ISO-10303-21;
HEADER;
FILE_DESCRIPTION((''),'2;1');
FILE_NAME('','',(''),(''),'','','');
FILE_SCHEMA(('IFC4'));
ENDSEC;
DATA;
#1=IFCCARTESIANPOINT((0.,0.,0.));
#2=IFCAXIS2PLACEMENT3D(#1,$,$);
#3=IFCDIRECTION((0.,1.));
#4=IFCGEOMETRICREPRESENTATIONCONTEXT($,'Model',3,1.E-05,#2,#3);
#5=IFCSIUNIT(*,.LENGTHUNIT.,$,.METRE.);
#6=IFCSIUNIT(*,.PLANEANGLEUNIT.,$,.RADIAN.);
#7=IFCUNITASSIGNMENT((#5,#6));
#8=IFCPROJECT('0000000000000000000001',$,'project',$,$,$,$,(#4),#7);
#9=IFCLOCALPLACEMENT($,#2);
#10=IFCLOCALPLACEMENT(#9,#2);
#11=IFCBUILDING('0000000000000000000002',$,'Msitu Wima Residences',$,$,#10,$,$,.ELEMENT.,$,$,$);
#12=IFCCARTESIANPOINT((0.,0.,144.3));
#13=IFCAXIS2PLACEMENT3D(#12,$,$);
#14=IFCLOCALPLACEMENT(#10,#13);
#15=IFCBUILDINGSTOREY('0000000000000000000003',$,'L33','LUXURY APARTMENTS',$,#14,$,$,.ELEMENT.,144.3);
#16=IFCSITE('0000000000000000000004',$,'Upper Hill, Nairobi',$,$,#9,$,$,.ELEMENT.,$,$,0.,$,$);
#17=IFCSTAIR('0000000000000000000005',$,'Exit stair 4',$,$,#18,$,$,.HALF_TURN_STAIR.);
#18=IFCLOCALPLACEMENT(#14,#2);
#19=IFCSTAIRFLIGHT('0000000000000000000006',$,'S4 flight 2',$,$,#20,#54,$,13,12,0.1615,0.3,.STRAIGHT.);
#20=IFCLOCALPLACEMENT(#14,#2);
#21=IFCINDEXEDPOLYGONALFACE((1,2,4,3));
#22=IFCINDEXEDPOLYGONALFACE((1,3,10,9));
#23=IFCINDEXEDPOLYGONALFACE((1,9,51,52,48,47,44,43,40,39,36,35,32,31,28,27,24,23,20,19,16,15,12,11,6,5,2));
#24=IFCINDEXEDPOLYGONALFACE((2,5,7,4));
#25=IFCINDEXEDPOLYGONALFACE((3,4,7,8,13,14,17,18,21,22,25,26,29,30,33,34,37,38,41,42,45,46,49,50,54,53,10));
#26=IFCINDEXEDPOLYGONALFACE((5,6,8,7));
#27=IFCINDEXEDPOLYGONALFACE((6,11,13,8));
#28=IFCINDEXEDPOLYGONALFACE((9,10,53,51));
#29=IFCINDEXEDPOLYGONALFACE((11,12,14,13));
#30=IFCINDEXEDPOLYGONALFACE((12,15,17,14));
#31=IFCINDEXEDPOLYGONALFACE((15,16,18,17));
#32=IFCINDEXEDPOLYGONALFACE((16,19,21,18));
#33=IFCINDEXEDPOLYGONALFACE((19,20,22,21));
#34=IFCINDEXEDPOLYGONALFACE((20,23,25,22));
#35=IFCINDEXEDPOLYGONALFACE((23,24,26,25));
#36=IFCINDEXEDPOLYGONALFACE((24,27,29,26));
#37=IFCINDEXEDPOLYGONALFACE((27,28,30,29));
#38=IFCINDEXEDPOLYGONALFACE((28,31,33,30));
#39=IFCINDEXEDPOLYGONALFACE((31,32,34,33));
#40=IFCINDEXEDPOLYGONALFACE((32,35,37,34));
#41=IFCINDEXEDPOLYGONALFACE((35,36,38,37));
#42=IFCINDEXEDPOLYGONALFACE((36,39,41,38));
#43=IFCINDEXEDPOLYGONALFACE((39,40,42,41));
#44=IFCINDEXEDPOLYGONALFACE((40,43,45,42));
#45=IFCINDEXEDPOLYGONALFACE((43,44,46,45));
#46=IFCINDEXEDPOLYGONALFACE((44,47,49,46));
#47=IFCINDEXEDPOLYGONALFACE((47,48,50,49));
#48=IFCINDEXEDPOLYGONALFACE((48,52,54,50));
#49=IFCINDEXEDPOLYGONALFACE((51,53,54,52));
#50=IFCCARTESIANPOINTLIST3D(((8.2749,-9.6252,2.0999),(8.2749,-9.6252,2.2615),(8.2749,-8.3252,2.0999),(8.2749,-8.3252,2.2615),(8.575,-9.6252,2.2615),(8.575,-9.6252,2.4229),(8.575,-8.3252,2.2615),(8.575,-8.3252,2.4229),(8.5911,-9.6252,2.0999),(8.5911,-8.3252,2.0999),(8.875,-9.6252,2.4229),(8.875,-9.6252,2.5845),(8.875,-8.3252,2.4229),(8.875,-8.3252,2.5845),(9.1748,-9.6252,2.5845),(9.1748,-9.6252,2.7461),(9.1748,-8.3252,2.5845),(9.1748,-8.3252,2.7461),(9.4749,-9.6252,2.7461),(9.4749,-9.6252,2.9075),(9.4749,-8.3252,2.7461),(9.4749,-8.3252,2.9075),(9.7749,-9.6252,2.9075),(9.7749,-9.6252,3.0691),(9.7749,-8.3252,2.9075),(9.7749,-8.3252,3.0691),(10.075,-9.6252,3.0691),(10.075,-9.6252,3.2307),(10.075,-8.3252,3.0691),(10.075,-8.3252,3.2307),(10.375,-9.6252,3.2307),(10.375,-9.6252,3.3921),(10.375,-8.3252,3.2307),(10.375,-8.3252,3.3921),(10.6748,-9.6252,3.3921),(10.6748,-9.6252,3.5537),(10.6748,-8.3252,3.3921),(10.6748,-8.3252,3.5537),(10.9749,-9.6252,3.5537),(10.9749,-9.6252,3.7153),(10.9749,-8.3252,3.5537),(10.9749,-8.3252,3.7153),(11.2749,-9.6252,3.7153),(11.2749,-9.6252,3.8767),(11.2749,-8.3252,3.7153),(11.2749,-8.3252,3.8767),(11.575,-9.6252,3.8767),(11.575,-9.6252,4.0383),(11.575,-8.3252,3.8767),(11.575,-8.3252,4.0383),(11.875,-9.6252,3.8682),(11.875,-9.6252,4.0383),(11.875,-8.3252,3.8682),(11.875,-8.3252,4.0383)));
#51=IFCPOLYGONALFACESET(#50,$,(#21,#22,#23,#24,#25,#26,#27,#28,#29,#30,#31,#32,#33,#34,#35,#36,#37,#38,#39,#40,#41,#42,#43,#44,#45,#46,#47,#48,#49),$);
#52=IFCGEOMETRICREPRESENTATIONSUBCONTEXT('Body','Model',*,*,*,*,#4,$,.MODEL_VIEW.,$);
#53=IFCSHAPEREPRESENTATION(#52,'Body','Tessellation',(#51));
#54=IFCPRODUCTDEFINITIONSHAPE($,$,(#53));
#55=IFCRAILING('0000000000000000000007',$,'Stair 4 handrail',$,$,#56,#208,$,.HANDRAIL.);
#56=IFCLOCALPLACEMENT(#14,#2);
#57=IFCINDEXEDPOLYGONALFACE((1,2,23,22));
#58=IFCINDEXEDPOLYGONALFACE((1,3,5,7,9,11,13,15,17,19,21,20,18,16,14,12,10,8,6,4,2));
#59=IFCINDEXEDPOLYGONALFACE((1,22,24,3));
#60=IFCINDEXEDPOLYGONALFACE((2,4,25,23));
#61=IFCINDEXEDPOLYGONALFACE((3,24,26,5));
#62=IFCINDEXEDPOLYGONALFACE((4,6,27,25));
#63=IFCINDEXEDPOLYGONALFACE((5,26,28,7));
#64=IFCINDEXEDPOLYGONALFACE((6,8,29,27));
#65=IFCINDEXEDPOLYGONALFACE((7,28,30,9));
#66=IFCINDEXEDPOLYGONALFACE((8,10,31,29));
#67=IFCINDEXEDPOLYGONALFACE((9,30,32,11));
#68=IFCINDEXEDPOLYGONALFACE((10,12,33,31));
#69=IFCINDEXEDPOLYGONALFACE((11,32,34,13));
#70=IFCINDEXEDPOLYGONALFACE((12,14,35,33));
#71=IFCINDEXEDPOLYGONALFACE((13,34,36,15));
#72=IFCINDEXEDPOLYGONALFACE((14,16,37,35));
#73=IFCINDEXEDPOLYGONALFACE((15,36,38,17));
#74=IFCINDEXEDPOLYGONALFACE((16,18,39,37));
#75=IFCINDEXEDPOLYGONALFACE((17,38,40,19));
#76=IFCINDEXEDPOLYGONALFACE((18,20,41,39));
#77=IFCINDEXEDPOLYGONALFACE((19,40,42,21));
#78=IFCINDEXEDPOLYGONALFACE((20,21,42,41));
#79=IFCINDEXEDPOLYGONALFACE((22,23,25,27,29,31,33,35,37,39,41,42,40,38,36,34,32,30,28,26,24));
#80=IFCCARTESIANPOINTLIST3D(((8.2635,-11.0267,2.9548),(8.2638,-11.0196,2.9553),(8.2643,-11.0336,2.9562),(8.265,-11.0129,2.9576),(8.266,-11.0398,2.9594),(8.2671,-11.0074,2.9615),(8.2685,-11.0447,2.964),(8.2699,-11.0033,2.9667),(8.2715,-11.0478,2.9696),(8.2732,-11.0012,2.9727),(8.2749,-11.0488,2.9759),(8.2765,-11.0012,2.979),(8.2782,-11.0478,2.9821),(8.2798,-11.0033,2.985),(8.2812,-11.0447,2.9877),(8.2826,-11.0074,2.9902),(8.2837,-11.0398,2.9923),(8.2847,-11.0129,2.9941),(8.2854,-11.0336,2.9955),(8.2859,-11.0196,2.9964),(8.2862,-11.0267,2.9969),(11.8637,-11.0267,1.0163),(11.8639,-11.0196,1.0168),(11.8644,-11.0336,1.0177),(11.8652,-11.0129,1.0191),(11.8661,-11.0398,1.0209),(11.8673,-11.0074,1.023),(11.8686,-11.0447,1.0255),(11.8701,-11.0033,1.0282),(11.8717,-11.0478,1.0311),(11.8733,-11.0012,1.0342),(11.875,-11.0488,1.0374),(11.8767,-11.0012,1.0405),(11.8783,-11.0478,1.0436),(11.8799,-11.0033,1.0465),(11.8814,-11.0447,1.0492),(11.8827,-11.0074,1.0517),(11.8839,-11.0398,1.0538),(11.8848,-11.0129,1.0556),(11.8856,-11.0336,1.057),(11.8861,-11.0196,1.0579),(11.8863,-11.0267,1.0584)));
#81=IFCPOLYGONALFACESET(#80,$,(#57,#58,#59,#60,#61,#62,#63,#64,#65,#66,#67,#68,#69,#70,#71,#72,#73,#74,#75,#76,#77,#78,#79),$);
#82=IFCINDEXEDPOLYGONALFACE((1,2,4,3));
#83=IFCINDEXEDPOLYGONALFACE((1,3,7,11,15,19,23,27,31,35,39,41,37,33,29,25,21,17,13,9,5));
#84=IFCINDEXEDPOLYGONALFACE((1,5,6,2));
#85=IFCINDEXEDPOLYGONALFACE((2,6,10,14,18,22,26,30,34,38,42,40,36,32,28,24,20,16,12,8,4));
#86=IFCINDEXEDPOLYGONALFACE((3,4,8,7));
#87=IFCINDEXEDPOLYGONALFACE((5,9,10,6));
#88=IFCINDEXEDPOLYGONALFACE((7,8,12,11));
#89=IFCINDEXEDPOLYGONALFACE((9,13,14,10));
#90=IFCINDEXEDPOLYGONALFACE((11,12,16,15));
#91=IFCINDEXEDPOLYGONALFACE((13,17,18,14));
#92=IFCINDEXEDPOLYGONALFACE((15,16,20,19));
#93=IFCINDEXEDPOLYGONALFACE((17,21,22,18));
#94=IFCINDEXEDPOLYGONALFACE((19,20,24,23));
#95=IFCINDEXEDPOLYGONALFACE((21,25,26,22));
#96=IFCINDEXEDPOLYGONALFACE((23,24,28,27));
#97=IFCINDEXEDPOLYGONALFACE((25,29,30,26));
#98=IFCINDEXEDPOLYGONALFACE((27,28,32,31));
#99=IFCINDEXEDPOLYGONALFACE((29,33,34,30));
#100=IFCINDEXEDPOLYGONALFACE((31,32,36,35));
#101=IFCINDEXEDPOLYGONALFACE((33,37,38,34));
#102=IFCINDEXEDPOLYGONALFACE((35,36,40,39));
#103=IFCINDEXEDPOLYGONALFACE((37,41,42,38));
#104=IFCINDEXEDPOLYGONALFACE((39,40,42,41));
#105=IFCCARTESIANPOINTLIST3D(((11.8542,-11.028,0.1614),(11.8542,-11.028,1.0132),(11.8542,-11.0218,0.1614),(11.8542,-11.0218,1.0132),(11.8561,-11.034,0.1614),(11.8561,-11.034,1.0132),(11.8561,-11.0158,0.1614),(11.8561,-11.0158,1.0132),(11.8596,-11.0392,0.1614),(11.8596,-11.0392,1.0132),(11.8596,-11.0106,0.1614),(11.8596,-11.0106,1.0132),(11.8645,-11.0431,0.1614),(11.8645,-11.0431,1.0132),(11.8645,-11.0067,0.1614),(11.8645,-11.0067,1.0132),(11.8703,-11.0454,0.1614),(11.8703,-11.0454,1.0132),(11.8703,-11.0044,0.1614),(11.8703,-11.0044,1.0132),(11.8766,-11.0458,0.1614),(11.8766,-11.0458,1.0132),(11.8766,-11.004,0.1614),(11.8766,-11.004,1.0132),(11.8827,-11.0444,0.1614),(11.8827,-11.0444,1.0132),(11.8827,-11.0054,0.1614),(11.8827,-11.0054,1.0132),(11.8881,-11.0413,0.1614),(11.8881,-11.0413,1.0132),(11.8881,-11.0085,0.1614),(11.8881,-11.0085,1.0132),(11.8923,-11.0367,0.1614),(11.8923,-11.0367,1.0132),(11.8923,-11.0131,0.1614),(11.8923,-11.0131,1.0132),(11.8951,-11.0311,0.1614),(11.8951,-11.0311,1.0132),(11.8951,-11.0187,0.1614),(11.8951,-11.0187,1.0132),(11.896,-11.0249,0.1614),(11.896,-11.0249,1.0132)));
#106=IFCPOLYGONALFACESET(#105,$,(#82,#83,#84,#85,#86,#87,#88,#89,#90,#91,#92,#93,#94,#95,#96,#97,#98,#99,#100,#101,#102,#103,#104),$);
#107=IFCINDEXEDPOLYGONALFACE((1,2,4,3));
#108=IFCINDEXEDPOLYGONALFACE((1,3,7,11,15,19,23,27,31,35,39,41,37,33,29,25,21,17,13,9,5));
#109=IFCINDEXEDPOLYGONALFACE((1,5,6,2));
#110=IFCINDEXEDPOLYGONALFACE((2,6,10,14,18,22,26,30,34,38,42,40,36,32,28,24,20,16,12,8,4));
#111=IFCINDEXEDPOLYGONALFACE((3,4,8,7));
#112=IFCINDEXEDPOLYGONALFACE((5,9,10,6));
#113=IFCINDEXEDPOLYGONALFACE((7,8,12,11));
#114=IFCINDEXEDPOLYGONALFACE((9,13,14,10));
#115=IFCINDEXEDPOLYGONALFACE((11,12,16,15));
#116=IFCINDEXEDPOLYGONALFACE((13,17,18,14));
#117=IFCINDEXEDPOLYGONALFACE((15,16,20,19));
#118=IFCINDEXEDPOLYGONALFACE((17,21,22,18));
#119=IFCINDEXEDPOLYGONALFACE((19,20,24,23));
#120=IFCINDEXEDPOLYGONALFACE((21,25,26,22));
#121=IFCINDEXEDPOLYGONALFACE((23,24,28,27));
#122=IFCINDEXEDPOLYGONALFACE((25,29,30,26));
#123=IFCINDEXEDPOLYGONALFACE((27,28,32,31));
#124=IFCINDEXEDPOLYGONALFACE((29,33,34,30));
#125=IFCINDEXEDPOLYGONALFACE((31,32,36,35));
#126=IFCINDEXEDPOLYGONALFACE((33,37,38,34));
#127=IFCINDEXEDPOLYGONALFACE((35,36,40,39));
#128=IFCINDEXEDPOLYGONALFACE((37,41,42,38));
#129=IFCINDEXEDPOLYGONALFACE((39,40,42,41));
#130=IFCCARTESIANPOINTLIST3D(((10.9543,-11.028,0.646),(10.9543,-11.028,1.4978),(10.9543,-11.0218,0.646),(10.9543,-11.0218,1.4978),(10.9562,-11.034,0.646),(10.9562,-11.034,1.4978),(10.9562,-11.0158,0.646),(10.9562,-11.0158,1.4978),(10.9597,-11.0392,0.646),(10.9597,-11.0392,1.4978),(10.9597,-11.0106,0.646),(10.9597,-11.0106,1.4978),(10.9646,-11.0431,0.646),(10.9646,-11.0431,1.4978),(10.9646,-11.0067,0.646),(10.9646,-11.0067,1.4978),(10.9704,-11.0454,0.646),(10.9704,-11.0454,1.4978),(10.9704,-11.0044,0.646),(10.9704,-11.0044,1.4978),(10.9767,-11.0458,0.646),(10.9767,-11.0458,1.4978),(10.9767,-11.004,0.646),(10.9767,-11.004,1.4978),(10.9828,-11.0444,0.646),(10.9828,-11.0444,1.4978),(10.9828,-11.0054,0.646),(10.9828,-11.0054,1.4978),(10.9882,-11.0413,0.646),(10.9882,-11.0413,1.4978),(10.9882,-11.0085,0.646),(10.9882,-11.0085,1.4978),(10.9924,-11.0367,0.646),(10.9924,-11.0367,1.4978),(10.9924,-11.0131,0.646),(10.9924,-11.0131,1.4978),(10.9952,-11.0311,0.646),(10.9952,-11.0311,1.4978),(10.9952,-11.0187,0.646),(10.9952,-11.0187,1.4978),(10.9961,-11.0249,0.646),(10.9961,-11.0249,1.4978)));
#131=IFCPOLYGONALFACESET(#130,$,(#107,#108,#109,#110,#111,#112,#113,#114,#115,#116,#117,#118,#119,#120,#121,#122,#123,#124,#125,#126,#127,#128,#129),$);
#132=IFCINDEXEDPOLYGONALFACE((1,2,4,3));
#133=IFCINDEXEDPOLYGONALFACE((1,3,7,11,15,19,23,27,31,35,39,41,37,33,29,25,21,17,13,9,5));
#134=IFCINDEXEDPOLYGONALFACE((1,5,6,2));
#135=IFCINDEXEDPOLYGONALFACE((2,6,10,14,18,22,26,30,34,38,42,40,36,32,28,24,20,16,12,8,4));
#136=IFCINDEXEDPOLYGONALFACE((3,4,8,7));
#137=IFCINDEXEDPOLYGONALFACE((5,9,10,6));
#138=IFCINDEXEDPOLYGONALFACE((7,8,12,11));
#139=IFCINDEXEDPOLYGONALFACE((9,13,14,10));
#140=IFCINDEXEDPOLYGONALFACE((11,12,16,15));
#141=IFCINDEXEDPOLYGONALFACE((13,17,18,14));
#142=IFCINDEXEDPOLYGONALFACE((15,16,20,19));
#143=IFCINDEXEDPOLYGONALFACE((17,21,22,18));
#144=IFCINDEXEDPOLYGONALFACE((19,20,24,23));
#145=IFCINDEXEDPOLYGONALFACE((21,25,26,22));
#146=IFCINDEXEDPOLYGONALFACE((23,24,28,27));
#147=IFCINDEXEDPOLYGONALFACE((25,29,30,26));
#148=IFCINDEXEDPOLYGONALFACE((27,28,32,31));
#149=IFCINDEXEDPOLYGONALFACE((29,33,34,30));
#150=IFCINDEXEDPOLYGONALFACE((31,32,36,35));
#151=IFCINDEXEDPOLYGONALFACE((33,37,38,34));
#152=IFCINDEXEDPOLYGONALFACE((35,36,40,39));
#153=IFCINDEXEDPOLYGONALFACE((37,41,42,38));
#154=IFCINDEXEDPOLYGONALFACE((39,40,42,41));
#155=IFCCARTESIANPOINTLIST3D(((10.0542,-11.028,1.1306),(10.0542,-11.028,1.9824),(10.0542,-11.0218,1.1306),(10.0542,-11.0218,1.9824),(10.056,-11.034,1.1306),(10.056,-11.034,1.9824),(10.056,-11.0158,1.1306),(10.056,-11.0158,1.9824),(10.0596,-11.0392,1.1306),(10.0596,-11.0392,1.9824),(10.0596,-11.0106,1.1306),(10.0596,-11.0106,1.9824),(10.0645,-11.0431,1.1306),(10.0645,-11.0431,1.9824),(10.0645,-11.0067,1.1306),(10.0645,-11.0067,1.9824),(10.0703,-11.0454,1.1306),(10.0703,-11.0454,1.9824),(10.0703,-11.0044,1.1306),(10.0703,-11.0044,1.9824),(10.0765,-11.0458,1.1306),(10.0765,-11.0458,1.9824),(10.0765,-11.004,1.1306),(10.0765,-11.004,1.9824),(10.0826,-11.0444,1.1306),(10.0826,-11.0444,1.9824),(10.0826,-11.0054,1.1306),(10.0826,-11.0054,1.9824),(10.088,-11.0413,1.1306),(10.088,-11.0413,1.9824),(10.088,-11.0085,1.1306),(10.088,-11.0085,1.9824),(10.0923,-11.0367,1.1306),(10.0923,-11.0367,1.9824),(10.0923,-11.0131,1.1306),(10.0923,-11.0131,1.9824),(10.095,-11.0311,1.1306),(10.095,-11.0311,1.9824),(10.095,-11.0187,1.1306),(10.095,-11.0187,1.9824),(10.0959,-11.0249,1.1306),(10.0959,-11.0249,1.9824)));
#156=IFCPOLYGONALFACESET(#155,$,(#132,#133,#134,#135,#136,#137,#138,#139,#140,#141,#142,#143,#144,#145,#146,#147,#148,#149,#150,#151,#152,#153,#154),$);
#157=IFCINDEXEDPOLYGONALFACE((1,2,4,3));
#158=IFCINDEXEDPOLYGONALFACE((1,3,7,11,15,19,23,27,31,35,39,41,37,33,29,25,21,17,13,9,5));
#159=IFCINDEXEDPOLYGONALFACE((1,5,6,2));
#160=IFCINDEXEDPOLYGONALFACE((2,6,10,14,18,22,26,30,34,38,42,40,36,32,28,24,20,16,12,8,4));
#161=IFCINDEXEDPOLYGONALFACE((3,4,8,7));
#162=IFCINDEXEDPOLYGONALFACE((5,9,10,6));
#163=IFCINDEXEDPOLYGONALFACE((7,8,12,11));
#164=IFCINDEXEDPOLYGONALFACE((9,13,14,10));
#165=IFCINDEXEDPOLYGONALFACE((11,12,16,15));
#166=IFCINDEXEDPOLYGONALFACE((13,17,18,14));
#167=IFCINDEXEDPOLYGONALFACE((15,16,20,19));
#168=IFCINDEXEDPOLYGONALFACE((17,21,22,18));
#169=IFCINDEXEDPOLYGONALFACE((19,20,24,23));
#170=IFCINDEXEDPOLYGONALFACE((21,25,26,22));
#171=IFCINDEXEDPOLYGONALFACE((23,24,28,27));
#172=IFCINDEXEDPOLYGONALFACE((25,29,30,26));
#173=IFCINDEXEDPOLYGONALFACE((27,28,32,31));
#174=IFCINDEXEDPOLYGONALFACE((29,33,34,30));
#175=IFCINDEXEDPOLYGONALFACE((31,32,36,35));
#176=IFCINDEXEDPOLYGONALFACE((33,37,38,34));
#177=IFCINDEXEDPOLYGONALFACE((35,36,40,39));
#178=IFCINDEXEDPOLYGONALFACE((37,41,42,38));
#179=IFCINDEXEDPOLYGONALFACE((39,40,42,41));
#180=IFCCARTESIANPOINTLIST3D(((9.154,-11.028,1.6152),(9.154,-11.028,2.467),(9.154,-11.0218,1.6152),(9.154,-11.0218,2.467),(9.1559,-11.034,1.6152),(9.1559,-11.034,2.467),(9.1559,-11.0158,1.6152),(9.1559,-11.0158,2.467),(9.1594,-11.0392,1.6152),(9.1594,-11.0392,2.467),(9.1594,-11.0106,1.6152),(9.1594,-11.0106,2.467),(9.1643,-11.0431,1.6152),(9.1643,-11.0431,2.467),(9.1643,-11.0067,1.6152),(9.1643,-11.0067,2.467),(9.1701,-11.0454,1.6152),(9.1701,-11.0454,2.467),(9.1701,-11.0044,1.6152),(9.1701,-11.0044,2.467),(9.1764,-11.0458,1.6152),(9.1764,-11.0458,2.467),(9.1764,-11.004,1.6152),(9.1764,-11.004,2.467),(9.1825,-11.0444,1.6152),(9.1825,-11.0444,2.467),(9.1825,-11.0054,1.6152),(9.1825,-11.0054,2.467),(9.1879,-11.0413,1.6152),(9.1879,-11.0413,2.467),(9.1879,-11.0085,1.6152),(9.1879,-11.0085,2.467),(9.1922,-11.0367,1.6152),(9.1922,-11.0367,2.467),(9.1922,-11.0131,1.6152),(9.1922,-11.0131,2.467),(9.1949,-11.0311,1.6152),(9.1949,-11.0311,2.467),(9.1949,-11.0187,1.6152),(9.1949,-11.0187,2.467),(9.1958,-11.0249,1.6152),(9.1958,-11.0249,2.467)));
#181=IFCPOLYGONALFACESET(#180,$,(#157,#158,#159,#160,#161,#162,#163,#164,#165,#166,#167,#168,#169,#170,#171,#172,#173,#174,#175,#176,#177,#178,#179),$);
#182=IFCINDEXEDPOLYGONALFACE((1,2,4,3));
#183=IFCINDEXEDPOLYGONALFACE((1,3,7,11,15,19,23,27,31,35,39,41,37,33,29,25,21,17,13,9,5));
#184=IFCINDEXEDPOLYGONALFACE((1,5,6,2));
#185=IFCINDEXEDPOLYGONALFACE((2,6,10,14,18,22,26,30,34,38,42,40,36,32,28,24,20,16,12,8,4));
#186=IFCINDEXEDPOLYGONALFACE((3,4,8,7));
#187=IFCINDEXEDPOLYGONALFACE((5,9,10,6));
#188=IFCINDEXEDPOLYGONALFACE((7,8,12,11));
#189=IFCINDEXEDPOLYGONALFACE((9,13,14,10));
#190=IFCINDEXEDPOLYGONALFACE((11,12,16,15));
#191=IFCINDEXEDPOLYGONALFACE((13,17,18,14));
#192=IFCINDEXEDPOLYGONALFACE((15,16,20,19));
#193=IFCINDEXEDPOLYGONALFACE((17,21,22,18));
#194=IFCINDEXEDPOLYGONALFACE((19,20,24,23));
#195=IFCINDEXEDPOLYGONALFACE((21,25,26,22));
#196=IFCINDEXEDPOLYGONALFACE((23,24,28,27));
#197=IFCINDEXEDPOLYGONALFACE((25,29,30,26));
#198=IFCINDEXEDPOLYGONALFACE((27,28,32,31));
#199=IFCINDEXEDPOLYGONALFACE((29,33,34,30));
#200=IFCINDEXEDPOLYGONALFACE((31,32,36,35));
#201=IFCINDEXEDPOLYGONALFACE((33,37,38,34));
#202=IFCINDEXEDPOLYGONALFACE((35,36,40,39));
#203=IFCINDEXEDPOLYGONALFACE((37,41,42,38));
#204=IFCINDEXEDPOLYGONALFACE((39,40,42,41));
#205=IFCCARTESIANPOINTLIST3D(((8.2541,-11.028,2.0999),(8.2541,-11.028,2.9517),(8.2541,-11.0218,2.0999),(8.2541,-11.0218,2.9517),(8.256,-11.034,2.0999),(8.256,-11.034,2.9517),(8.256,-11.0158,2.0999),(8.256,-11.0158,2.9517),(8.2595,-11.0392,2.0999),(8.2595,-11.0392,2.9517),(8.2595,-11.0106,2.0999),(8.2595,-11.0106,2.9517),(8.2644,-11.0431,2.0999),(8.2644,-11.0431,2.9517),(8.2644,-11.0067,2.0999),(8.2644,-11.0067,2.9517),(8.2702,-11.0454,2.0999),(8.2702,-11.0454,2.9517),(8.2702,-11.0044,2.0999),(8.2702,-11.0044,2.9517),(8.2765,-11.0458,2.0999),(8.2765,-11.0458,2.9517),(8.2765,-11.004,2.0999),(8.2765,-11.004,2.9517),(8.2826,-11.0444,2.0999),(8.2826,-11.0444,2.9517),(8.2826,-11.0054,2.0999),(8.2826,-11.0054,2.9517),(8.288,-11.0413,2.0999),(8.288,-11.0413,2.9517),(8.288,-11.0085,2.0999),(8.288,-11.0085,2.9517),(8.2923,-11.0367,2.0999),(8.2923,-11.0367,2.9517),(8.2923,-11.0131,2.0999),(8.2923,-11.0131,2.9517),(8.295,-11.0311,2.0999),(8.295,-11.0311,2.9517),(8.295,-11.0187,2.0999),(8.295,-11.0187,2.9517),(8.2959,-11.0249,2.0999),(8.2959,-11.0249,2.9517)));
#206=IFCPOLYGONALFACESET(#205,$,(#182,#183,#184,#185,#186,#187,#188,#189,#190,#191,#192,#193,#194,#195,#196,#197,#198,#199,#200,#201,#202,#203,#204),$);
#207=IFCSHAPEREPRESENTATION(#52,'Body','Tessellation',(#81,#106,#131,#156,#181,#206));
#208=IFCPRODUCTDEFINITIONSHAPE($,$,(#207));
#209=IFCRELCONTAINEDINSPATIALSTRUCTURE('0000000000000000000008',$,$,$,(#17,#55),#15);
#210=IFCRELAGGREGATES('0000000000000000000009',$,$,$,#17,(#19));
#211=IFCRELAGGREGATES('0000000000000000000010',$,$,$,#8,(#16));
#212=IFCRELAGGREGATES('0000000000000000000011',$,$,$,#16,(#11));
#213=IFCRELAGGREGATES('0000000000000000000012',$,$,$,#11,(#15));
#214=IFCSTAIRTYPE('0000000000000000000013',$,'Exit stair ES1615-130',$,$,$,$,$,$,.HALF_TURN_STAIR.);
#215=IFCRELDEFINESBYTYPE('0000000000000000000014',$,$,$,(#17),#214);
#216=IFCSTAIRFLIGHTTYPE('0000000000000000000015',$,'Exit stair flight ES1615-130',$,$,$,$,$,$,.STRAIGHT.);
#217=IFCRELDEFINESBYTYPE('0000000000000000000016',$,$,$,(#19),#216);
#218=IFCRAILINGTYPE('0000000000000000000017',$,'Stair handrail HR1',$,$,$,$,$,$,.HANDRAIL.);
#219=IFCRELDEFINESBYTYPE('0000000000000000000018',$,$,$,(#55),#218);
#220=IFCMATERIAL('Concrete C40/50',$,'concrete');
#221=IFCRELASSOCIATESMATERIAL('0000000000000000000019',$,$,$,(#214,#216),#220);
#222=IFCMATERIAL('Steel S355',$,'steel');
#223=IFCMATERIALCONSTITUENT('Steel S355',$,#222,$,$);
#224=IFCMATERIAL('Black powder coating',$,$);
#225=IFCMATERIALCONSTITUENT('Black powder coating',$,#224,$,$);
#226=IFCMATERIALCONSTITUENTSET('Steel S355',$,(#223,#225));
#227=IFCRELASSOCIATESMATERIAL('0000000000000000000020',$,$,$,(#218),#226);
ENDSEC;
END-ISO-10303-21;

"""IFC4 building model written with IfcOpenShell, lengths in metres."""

from ifc_helpers import new_model, si_unit, direction, frame, origin, origin_2d, place, context, subcontext, project, spatial, polyline, circle, outline, extrude, material, constituent, constituent_set, type_object, element, aggregate, save


model = new_model("IFC4")

# Units and contexts
model_context = context("Model", 3, precision=1e-05, world=origin(), true_north=direction((0.0, 1.0)))
body_context = subcontext(model_context, "Body", "Model", "MODEL_VIEW")
ifc_project = project(units=[si_unit("LENGTHUNIT", "METRE"), si_unit("PLANEANGLEUNIT", "RADIAN")], contexts=[model_context])

# Site, building, storey
site_placement = place(None, origin())
site = spatial("IfcSite", under=ifc_project, at=site_placement, Name="Upper Hill, Nairobi", CompositionType="ELEMENT", RefElevation=0.0)
building_placement = place(site_placement, origin())
building = spatial("IfcBuilding", under=site, at=building_placement, Name="Msitu Wima Residences", CompositionType="ELEMENT")
storey_placement = place(building_placement, frame((0.0, 0.0, 144.3)))
storey = spatial("IfcBuildingStorey", under=building, at=storey_placement, Name="L33", Description="LUXURY APARTMENTS", CompositionType="ELEMENT", Elevation=144.3)

# Shared definitions
ifc_material_1 = material(Name="Concrete C40/50", Category="concrete")

# Stair, stair flight
stair_type = type_object("IfcStairType", Name="Exit stair ES1615-130", PredefinedType="HALF_TURN_STAIR", material=ifc_material_1)
stair_placement = place(storey_placement, origin())
stair = element("IfcStair", 1, at=stair_placement, inside=storey, type_object=stair_type, Name="Exit stair 4", PredefinedType="HALF_TURN_STAIR")
stair_flight_type = type_object("IfcStairFlightType", Name="Exit stair flight ES1615-130", PredefinedType="STRAIGHT", material=ifc_material_1)
stair_flight_1_placement = place(storey_placement, frame((8.2749, -8.9751, 2.0999), z_axis=(0.0, 0.0, 1.0), x_axis=(1.0, 0.0, 0.0)))
stair_flight_1 = element("IfcStairFlight", 2, at=stair_flight_1_placement, type_object=stair_flight_type, Name="S4 flight 2", NumberOfRisers=13, NumberOfTreads=12, PredefinedType="STRAIGHT", RiserHeight=0.1615, TreadLength=0.3, context=body_context, shape_type="SweptSolid", body=[
    extrude(outline(polyline([(0.0, 0.0), (0.0, 0.1616), (0.3, 0.1616), (0.3, 0.323), (0.6001, 0.323), (0.6001, 0.4846), (0.8999, 0.4846), (0.8999, 0.6462), (1.2, 0.6462), (1.2, 0.8076), (1.5, 0.8076), (1.5, 0.9692), (1.8, 0.9692), (1.8, 1.1309), (2.1001, 1.1309), (2.1001, 1.2922), (2.3999, 1.2922), (2.3999, 1.4539), (2.7, 1.4539), (2.7, 1.6155), (3.0, 1.6155), (3.0, 1.7769), (3.3, 1.7769), (3.3, 1.9385), (3.6001, 1.9385), (3.6001, 2.1001), (3.6001, 1.7683), (0.3162, 0.0), (0.0, 0.0)])), frame((0.0, 0.6499, 0.0), z_axis=(0.0, -1.0, 0.0), x_axis=(1.0, 0.0, 0.0)), (0.0, 0.0, 1.0), 1.3),
])
aggregate(stair, [stair_flight_1])

# Railing
ifc_material_2 = material(Name="Steel S355", Category="steel")
ifc_constituent_1 = constituent(ifc_material_2, Name="Steel S355")
ifc_material_3 = material(Name="Black powder coating")
ifc_constituent_2 = constituent(ifc_material_3, Name="Black powder coating")
ifc_constituent_set = constituent_set(constituents=[ifc_constituent_1, ifc_constituent_2], Name="Steel S355")
railing_type = type_object("IfcRailingType", Name="Stair handrail HR1", PredefinedType="HANDRAIL", material=ifc_constituent_set)
for number, where, name in (
    (3, (11.875, -11.0249, 0.1614), "Stair 4 handrail"),
):
    element("IfcRailing", number, at=place(storey_placement, frame(where)), inside=storey, type_object=railing_type, Name=name, PredefinedType="HANDRAIL", context=body_context, shape_type="SweptSolid", body=[
        extrude(circle(Radius=0.0239, at=origin_2d()), frame((0.0, 0.0, 0.876), z_axis=(-0.880475, 0.0, 0.474093), x_axis=(0.0, -1.0, 0.0)), (0.0, 0.0, 1.0), 4.0889),
        extrude(circle(Radius=0.021, at=origin_2d()), origin(), (0.0, 0.0, 1.0), 0.8518),
        extrude(circle(Radius=0.021, at=origin_2d()), frame((-0.8999, 0.0, 0.4846)), (0.0, 0.0, 1.0), 0.8518),
        extrude(circle(Radius=0.021, at=origin_2d()), frame((-1.8, 0.0, 0.9692)), (0.0, 0.0, 1.0), 0.8518),
        extrude(circle(Radius=0.021, at=origin_2d()), frame((-2.7002, 0.0, 1.4539)), (0.0, 0.0, 1.0), 0.8518),
        extrude(circle(Radius=0.021, at=origin_2d()), frame((-3.6001, 0.0, 1.9385)), (0.0, 0.0, 1.0), 0.8518),
    ])

save(model, "model.ifc")
